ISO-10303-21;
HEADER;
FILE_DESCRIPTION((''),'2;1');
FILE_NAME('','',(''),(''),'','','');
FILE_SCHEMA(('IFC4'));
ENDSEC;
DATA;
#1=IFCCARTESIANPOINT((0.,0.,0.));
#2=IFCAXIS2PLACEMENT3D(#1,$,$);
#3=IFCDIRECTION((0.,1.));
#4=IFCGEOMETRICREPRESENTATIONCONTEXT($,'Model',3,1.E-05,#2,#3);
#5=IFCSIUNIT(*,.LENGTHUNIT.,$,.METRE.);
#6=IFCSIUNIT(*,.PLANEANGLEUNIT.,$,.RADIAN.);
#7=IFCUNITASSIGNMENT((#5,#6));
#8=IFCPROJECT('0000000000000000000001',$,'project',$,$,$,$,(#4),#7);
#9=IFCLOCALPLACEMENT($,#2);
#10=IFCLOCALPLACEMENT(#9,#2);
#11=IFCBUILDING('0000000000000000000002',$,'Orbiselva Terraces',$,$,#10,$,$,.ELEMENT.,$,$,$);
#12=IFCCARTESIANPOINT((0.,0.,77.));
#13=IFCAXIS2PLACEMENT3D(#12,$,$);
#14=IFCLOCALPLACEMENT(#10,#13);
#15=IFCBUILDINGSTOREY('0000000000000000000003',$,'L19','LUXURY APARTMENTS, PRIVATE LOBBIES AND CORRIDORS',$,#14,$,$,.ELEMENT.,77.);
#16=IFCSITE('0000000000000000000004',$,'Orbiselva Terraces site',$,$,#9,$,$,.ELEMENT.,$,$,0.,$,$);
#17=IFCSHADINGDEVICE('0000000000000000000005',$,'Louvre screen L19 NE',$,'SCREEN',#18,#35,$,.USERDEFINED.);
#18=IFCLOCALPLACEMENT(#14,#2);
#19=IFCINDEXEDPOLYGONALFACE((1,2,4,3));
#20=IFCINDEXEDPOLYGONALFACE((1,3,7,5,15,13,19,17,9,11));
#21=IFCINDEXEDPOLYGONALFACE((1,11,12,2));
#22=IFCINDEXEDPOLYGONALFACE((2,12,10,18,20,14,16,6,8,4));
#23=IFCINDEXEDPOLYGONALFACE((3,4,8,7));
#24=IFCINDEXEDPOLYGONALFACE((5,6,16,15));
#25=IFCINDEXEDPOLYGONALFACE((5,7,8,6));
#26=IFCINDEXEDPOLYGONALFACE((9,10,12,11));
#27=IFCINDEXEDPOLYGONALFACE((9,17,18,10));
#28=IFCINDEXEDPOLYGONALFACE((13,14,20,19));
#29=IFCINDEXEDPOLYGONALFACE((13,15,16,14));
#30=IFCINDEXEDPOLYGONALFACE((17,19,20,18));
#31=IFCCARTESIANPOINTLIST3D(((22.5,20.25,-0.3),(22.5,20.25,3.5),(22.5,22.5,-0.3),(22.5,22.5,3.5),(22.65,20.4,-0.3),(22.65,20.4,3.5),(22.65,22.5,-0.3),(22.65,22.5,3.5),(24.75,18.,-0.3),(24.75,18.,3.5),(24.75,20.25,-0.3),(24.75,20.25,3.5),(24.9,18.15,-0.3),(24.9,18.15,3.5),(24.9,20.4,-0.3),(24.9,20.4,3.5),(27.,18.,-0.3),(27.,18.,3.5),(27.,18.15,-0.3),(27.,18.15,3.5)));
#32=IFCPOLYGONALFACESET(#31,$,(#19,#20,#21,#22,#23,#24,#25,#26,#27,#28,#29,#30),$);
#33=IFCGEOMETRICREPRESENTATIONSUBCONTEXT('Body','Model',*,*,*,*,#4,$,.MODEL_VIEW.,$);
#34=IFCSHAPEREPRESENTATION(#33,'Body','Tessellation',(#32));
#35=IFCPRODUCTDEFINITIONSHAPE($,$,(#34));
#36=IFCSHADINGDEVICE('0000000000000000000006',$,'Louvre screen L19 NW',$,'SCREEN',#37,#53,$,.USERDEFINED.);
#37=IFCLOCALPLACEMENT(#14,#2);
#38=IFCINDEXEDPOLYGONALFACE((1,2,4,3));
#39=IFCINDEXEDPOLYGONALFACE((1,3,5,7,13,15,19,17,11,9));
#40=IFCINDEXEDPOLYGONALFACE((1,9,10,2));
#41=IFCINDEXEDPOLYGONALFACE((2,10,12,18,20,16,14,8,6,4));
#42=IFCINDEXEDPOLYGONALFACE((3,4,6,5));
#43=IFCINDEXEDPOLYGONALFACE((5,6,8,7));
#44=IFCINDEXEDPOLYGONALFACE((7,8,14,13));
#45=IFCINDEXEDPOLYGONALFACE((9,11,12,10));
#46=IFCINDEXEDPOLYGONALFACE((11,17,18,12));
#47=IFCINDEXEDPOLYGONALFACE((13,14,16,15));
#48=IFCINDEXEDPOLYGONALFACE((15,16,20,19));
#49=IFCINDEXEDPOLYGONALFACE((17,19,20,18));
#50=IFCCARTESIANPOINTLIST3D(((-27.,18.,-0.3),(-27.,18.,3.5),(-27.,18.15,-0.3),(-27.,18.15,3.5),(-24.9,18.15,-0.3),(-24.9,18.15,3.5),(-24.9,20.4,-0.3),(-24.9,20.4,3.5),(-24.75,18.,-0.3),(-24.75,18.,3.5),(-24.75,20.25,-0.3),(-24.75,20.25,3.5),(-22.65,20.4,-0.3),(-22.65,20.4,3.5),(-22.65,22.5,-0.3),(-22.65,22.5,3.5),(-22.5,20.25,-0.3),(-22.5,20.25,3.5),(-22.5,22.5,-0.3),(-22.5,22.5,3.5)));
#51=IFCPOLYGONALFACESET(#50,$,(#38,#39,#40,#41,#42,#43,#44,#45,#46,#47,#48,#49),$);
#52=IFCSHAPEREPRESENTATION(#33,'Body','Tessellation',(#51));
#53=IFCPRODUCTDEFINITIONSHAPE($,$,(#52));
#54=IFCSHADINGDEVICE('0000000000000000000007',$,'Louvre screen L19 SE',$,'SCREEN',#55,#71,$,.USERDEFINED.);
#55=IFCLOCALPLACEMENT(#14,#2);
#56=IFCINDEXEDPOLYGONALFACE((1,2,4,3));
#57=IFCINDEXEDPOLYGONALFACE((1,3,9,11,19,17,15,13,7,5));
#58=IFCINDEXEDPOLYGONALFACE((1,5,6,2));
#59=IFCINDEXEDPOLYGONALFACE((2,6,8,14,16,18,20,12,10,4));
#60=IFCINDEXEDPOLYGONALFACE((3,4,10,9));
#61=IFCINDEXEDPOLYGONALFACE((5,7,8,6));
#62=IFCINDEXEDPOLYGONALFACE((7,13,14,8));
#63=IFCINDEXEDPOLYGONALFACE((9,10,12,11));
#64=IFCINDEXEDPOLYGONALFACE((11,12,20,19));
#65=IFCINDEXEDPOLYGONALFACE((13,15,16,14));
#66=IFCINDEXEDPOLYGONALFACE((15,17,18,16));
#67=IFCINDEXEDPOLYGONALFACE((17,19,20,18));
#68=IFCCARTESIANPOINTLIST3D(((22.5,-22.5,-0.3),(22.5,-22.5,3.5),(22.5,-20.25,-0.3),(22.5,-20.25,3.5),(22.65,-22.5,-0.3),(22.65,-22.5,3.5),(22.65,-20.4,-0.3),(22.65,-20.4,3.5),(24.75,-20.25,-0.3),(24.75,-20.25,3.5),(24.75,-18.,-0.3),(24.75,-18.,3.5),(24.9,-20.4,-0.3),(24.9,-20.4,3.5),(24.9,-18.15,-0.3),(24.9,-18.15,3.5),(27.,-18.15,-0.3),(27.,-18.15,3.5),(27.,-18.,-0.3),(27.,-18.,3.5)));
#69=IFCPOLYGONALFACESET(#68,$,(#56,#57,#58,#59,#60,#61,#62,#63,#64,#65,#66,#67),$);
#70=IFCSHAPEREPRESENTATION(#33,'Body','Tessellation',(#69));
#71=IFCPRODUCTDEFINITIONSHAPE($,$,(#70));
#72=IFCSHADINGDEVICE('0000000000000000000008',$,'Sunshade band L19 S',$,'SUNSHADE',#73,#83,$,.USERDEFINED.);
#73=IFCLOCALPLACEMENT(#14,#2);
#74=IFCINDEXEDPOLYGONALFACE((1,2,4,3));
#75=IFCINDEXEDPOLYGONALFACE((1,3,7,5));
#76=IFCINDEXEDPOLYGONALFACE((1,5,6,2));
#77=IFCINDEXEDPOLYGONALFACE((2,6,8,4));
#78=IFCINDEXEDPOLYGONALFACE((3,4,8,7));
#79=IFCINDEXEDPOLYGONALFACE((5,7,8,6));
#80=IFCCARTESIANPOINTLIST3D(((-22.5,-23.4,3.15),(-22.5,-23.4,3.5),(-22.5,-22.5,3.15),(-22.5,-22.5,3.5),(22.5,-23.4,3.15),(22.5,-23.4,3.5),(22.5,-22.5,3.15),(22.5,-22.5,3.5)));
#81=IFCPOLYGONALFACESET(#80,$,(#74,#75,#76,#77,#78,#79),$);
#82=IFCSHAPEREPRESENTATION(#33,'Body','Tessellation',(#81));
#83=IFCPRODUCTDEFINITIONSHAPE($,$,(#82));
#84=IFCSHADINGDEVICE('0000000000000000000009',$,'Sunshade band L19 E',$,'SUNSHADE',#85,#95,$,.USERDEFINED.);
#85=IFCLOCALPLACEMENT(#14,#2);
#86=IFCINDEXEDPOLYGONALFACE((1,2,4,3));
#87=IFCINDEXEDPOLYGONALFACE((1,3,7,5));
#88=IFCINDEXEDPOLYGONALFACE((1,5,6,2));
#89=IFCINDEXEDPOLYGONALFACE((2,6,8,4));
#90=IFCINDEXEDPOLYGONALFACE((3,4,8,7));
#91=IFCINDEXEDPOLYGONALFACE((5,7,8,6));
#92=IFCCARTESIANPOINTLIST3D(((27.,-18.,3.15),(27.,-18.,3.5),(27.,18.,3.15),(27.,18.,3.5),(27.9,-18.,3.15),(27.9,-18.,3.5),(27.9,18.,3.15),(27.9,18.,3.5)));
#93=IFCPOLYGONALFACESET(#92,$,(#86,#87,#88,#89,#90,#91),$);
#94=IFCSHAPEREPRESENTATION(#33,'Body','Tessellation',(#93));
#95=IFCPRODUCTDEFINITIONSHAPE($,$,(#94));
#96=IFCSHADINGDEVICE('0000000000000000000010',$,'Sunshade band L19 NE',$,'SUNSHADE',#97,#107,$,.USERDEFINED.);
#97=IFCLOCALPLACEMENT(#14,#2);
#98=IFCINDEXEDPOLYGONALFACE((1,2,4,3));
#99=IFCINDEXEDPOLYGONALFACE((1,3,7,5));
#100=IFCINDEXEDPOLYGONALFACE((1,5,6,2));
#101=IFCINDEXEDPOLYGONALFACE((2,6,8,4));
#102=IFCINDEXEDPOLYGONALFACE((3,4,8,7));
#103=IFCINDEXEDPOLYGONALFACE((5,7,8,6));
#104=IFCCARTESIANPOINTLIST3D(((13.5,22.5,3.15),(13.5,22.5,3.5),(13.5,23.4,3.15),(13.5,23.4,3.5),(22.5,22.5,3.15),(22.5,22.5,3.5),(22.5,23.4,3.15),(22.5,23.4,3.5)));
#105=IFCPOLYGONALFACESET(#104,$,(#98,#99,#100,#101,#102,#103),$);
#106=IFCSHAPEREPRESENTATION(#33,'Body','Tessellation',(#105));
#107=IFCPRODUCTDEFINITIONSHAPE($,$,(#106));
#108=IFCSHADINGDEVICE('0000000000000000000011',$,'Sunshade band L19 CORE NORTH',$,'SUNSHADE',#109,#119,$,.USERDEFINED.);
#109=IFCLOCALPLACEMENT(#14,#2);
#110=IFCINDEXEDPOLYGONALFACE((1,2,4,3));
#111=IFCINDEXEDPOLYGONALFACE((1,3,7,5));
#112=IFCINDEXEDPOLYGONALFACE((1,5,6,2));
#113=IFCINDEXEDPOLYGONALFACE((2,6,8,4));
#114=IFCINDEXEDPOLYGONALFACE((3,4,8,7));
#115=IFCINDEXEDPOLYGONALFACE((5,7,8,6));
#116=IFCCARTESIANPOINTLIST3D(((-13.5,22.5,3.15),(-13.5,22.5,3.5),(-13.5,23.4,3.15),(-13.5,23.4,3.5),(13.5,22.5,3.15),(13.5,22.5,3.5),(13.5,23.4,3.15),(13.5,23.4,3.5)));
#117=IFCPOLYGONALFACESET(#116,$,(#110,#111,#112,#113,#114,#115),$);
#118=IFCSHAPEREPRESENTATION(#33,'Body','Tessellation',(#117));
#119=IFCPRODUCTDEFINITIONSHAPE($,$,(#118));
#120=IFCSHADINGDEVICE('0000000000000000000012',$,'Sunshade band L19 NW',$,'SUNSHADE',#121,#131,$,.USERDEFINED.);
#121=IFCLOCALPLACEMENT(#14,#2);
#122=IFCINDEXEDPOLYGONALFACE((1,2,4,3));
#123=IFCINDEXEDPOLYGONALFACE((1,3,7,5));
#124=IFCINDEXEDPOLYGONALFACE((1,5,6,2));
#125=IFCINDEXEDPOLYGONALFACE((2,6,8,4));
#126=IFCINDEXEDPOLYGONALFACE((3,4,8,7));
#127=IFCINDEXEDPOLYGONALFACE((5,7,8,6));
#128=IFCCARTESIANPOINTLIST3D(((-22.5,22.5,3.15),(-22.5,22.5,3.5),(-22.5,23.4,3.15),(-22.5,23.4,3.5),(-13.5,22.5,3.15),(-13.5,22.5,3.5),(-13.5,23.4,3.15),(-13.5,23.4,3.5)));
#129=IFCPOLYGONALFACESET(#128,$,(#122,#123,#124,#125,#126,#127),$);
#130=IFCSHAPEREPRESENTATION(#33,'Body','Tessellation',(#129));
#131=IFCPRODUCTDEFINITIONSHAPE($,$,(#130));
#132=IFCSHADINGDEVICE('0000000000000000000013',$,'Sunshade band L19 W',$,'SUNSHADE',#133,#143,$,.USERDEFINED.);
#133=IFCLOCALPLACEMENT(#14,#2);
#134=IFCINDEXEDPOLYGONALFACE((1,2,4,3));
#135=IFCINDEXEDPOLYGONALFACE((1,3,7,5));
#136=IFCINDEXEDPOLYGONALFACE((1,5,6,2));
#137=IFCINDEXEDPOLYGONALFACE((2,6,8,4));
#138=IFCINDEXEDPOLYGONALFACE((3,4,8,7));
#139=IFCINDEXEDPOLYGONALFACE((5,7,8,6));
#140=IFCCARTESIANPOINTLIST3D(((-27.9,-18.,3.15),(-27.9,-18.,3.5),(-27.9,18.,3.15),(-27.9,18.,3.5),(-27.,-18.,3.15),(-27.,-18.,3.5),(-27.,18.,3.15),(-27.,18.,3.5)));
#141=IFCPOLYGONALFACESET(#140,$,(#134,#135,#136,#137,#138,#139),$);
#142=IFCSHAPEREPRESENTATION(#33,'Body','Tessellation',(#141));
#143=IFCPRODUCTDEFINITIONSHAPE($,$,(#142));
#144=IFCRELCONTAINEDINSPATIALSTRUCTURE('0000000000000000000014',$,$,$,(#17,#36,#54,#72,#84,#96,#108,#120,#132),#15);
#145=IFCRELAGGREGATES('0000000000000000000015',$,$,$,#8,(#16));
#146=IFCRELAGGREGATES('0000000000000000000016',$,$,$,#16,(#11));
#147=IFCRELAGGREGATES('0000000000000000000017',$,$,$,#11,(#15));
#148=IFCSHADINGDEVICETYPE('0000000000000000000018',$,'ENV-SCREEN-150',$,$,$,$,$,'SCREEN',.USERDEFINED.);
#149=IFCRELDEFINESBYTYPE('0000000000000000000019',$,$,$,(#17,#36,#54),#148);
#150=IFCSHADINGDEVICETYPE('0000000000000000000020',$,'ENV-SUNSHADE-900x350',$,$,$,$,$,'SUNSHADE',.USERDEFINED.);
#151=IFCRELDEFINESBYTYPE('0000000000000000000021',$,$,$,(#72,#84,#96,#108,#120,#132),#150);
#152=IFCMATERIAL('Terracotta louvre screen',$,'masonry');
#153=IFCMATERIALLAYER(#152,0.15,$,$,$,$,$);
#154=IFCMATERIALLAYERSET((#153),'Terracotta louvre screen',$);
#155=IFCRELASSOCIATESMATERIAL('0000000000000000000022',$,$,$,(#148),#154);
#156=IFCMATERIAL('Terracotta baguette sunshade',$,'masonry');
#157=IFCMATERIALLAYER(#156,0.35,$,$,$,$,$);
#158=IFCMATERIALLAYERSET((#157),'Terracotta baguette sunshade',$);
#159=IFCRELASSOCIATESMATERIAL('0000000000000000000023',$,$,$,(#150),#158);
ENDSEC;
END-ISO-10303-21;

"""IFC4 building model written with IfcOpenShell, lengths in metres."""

from ifc_helpers import new_model, si_unit, direction, frame, origin, place, context, subcontext, project, spatial, polyline, outline, extrude, material, layer, layer_set, type_object, element, save


model = new_model("IFC4")

# Units and contexts
model_context = context("Model", 3, precision=1e-05, world=origin(), true_north=direction((0.0, 1.0)))
body_context = subcontext(model_context, "Body", "Model", "MODEL_VIEW")
ifc_project = project(units=[si_unit("LENGTHUNIT", "METRE"), si_unit("PLANEANGLEUNIT", "RADIAN")], contexts=[model_context])

# Site, building, storey
site_placement = place(None, origin())
site = spatial("IfcSite", under=ifc_project, at=site_placement, Name="Orbiselva Terraces site", CompositionType="ELEMENT", RefElevation=0.0)
building_placement = place(site_placement, origin())
building = spatial("IfcBuilding", under=site, at=building_placement, Name="Orbiselva Terraces", CompositionType="ELEMENT")
storey_placement = place(building_placement, frame((0.0, 0.0, 77.0)))
storey = spatial("IfcBuildingStorey", under=building, at=storey_placement, Name="L19", Description="LUXURY APARTMENTS, PRIVATE LOBBIES AND CORRIDORS", CompositionType="ELEMENT", Elevation=77.0)

# Shading devices
ifc_material_1 = material(Name="Terracotta louvre screen", Category="masonry")
ifc_layer_1 = layer(ifc_material_1, 0.15)
ifc_layer_set_1 = layer_set([ifc_layer_1], Name="Terracotta louvre screen")
shading_device_type_1 = type_object("IfcShadingDeviceType", Name="ENV-SCREEN-150", ElementType="SCREEN", PredefinedType="USERDEFINED", material=ifc_layer_set_1)
shading_device_1_placement = place(storey_placement, frame((0.0, 0.0, -0.3)))
element("IfcShadingDevice", 1, at=shading_device_1_placement, inside=storey, type_object=shading_device_type_1, Name="Louvre screen L19 NE", ObjectType="SCREEN", PredefinedType="USERDEFINED", context=body_context, shape_type="SweptSolid", body=[
    extrude(outline(polyline([(27.0, 18.15), (24.9, 18.15), (24.9, 20.4), (22.65, 20.4), (22.65, 22.5), (22.5, 22.5), (22.5, 20.25), (24.75, 20.25), (24.75, 18.0), (27.0, 18.0), (27.0, 18.15)])), origin(), (0.0, 0.0, 1.0), 3.8),
])
shading_device_2_placement = place(storey_placement, frame((0.0, 0.0, -0.3)))
element("IfcShadingDevice", 2, at=shading_device_2_placement, inside=storey, type_object=shading_device_type_1, Name="Louvre screen L19 NW", ObjectType="SCREEN", PredefinedType="USERDEFINED", context=body_context, shape_type="SweptSolid", body=[
    extrude(outline(polyline([(-22.65, 22.5), (-22.65, 20.4), (-24.9, 20.4), (-24.9, 18.15), (-27.0, 18.15), (-27.0, 18.0), (-24.75, 18.0), (-24.75, 20.25), (-22.5, 20.25), (-22.5, 22.5), (-22.65, 22.5)])), origin(), (0.0, 0.0, 1.0), 3.8),
])
shading_device_3_placement = place(storey_placement, frame((0.0, 0.0, -0.3)))
element("IfcShadingDevice", 3, at=shading_device_3_placement, inside=storey, type_object=shading_device_type_1, Name="Louvre screen L19 SE", ObjectType="SCREEN", PredefinedType="USERDEFINED", context=body_context, shape_type="SweptSolid", body=[
    extrude(outline(polyline([(22.65, -22.5), (22.65, -20.4), (24.9, -20.4), (24.9, -18.15), (27.0, -18.15), (27.0, -18.0), (24.75, -18.0), (24.75, -20.25), (22.5, -20.25), (22.5, -22.5), (22.65, -22.5)])), origin(), (0.0, 0.0, 1.0), 3.8),
])
ifc_material_2 = material(Name="Terracotta baguette sunshade", Category="masonry")
ifc_layer_2 = layer(ifc_material_2, 0.35)
ifc_layer_set_2 = layer_set([ifc_layer_2], Name="Terracotta baguette sunshade")
shading_device_type_2 = type_object("IfcShadingDeviceType", Name="ENV-SUNSHADE-900x350", ElementType="SUNSHADE", PredefinedType="USERDEFINED", material=ifc_layer_set_2)
shading_device_4_placement = place(storey_placement, frame((0.0, 0.0, 3.15)))
element("IfcShadingDevice", 4, at=shading_device_4_placement, inside=storey, type_object=shading_device_type_2, Name="Sunshade band L19 S", ObjectType="SUNSHADE", PredefinedType="USERDEFINED", context=body_context, shape_type="SweptSolid", body=[
    extrude(outline(polyline([(-22.5, -23.4), (22.5, -23.4), (22.5, -22.5), (-22.5, -22.5), (-22.5, -23.4)])), origin(), (0.0, 0.0, 1.0), 0.35),
])
shading_device_5_placement = place(storey_placement, frame((0.0, 0.0, 3.15)))
element("IfcShadingDevice", 5, at=shading_device_5_placement, inside=storey, type_object=shading_device_type_2, Name="Sunshade band L19 E", ObjectType="SUNSHADE", PredefinedType="USERDEFINED", context=body_context, shape_type="SweptSolid", body=[
    extrude(outline(polyline([(27.9, -18.0), (27.9, 18.0), (27.0, 18.0), (27.0, -18.0), (27.9, -18.0)])), origin(), (0.0, 0.0, 1.0), 0.35),
])
shading_device_6_placement = place(storey_placement, frame((0.0, 0.0, 3.15)))
element("IfcShadingDevice", 6, at=shading_device_6_placement, inside=storey, type_object=shading_device_type_2, Name="Sunshade band L19 NE", ObjectType="SUNSHADE", PredefinedType="USERDEFINED", context=body_context, shape_type="SweptSolid", body=[
    extrude(outline(polyline([(22.5, 23.4), (13.5, 23.4), (13.5, 22.5), (22.5, 22.5), (22.5, 23.4)])), origin(), (0.0, 0.0, 1.0), 0.35),
])
shading_device_7_placement = place(storey_placement, frame((0.0, 0.0, 3.15)))
element("IfcShadingDevice", 7, at=shading_device_7_placement, inside=storey, type_object=shading_device_type_2, Name="Sunshade band L19 CORE NORTH", ObjectType="SUNSHADE", PredefinedType="USERDEFINED", context=body_context, shape_type="SweptSolid", body=[
    extrude(outline(polyline([(13.5, 23.4), (-13.5, 23.4), (-13.5, 22.5), (13.5, 22.5), (13.5, 23.4)])), origin(), (0.0, 0.0, 1.0), 0.35),
])
shading_device_8_placement = place(storey_placement, frame((0.0, 0.0, 3.15)))
element("IfcShadingDevice", 8, at=shading_device_8_placement, inside=storey, type_object=shading_device_type_2, Name="Sunshade band L19 NW", ObjectType="SUNSHADE", PredefinedType="USERDEFINED", context=body_context, shape_type="SweptSolid", body=[
    extrude(outline(polyline([(-13.5, 23.4), (-22.5, 23.4), (-22.5, 22.5), (-13.5, 22.5), (-13.5, 23.4)])), origin(), (0.0, 0.0, 1.0), 0.35),
])
shading_device_9_placement = place(storey_placement, frame((0.0, 0.0, 3.15)))
element("IfcShadingDevice", 9, at=shading_device_9_placement, inside=storey, type_object=shading_device_type_2, Name="Sunshade band L19 W", ObjectType="SUNSHADE", PredefinedType="USERDEFINED", context=body_context, shape_type="SweptSolid", body=[
    extrude(outline(polyline([(-27.9, 18.0), (-27.9, -18.0), (-27.0, -18.0), (-27.0, 18.0), (-27.9, 18.0)])), origin(), (0.0, 0.0, 1.0), 0.35),
])

save(model, "model.ifc")
